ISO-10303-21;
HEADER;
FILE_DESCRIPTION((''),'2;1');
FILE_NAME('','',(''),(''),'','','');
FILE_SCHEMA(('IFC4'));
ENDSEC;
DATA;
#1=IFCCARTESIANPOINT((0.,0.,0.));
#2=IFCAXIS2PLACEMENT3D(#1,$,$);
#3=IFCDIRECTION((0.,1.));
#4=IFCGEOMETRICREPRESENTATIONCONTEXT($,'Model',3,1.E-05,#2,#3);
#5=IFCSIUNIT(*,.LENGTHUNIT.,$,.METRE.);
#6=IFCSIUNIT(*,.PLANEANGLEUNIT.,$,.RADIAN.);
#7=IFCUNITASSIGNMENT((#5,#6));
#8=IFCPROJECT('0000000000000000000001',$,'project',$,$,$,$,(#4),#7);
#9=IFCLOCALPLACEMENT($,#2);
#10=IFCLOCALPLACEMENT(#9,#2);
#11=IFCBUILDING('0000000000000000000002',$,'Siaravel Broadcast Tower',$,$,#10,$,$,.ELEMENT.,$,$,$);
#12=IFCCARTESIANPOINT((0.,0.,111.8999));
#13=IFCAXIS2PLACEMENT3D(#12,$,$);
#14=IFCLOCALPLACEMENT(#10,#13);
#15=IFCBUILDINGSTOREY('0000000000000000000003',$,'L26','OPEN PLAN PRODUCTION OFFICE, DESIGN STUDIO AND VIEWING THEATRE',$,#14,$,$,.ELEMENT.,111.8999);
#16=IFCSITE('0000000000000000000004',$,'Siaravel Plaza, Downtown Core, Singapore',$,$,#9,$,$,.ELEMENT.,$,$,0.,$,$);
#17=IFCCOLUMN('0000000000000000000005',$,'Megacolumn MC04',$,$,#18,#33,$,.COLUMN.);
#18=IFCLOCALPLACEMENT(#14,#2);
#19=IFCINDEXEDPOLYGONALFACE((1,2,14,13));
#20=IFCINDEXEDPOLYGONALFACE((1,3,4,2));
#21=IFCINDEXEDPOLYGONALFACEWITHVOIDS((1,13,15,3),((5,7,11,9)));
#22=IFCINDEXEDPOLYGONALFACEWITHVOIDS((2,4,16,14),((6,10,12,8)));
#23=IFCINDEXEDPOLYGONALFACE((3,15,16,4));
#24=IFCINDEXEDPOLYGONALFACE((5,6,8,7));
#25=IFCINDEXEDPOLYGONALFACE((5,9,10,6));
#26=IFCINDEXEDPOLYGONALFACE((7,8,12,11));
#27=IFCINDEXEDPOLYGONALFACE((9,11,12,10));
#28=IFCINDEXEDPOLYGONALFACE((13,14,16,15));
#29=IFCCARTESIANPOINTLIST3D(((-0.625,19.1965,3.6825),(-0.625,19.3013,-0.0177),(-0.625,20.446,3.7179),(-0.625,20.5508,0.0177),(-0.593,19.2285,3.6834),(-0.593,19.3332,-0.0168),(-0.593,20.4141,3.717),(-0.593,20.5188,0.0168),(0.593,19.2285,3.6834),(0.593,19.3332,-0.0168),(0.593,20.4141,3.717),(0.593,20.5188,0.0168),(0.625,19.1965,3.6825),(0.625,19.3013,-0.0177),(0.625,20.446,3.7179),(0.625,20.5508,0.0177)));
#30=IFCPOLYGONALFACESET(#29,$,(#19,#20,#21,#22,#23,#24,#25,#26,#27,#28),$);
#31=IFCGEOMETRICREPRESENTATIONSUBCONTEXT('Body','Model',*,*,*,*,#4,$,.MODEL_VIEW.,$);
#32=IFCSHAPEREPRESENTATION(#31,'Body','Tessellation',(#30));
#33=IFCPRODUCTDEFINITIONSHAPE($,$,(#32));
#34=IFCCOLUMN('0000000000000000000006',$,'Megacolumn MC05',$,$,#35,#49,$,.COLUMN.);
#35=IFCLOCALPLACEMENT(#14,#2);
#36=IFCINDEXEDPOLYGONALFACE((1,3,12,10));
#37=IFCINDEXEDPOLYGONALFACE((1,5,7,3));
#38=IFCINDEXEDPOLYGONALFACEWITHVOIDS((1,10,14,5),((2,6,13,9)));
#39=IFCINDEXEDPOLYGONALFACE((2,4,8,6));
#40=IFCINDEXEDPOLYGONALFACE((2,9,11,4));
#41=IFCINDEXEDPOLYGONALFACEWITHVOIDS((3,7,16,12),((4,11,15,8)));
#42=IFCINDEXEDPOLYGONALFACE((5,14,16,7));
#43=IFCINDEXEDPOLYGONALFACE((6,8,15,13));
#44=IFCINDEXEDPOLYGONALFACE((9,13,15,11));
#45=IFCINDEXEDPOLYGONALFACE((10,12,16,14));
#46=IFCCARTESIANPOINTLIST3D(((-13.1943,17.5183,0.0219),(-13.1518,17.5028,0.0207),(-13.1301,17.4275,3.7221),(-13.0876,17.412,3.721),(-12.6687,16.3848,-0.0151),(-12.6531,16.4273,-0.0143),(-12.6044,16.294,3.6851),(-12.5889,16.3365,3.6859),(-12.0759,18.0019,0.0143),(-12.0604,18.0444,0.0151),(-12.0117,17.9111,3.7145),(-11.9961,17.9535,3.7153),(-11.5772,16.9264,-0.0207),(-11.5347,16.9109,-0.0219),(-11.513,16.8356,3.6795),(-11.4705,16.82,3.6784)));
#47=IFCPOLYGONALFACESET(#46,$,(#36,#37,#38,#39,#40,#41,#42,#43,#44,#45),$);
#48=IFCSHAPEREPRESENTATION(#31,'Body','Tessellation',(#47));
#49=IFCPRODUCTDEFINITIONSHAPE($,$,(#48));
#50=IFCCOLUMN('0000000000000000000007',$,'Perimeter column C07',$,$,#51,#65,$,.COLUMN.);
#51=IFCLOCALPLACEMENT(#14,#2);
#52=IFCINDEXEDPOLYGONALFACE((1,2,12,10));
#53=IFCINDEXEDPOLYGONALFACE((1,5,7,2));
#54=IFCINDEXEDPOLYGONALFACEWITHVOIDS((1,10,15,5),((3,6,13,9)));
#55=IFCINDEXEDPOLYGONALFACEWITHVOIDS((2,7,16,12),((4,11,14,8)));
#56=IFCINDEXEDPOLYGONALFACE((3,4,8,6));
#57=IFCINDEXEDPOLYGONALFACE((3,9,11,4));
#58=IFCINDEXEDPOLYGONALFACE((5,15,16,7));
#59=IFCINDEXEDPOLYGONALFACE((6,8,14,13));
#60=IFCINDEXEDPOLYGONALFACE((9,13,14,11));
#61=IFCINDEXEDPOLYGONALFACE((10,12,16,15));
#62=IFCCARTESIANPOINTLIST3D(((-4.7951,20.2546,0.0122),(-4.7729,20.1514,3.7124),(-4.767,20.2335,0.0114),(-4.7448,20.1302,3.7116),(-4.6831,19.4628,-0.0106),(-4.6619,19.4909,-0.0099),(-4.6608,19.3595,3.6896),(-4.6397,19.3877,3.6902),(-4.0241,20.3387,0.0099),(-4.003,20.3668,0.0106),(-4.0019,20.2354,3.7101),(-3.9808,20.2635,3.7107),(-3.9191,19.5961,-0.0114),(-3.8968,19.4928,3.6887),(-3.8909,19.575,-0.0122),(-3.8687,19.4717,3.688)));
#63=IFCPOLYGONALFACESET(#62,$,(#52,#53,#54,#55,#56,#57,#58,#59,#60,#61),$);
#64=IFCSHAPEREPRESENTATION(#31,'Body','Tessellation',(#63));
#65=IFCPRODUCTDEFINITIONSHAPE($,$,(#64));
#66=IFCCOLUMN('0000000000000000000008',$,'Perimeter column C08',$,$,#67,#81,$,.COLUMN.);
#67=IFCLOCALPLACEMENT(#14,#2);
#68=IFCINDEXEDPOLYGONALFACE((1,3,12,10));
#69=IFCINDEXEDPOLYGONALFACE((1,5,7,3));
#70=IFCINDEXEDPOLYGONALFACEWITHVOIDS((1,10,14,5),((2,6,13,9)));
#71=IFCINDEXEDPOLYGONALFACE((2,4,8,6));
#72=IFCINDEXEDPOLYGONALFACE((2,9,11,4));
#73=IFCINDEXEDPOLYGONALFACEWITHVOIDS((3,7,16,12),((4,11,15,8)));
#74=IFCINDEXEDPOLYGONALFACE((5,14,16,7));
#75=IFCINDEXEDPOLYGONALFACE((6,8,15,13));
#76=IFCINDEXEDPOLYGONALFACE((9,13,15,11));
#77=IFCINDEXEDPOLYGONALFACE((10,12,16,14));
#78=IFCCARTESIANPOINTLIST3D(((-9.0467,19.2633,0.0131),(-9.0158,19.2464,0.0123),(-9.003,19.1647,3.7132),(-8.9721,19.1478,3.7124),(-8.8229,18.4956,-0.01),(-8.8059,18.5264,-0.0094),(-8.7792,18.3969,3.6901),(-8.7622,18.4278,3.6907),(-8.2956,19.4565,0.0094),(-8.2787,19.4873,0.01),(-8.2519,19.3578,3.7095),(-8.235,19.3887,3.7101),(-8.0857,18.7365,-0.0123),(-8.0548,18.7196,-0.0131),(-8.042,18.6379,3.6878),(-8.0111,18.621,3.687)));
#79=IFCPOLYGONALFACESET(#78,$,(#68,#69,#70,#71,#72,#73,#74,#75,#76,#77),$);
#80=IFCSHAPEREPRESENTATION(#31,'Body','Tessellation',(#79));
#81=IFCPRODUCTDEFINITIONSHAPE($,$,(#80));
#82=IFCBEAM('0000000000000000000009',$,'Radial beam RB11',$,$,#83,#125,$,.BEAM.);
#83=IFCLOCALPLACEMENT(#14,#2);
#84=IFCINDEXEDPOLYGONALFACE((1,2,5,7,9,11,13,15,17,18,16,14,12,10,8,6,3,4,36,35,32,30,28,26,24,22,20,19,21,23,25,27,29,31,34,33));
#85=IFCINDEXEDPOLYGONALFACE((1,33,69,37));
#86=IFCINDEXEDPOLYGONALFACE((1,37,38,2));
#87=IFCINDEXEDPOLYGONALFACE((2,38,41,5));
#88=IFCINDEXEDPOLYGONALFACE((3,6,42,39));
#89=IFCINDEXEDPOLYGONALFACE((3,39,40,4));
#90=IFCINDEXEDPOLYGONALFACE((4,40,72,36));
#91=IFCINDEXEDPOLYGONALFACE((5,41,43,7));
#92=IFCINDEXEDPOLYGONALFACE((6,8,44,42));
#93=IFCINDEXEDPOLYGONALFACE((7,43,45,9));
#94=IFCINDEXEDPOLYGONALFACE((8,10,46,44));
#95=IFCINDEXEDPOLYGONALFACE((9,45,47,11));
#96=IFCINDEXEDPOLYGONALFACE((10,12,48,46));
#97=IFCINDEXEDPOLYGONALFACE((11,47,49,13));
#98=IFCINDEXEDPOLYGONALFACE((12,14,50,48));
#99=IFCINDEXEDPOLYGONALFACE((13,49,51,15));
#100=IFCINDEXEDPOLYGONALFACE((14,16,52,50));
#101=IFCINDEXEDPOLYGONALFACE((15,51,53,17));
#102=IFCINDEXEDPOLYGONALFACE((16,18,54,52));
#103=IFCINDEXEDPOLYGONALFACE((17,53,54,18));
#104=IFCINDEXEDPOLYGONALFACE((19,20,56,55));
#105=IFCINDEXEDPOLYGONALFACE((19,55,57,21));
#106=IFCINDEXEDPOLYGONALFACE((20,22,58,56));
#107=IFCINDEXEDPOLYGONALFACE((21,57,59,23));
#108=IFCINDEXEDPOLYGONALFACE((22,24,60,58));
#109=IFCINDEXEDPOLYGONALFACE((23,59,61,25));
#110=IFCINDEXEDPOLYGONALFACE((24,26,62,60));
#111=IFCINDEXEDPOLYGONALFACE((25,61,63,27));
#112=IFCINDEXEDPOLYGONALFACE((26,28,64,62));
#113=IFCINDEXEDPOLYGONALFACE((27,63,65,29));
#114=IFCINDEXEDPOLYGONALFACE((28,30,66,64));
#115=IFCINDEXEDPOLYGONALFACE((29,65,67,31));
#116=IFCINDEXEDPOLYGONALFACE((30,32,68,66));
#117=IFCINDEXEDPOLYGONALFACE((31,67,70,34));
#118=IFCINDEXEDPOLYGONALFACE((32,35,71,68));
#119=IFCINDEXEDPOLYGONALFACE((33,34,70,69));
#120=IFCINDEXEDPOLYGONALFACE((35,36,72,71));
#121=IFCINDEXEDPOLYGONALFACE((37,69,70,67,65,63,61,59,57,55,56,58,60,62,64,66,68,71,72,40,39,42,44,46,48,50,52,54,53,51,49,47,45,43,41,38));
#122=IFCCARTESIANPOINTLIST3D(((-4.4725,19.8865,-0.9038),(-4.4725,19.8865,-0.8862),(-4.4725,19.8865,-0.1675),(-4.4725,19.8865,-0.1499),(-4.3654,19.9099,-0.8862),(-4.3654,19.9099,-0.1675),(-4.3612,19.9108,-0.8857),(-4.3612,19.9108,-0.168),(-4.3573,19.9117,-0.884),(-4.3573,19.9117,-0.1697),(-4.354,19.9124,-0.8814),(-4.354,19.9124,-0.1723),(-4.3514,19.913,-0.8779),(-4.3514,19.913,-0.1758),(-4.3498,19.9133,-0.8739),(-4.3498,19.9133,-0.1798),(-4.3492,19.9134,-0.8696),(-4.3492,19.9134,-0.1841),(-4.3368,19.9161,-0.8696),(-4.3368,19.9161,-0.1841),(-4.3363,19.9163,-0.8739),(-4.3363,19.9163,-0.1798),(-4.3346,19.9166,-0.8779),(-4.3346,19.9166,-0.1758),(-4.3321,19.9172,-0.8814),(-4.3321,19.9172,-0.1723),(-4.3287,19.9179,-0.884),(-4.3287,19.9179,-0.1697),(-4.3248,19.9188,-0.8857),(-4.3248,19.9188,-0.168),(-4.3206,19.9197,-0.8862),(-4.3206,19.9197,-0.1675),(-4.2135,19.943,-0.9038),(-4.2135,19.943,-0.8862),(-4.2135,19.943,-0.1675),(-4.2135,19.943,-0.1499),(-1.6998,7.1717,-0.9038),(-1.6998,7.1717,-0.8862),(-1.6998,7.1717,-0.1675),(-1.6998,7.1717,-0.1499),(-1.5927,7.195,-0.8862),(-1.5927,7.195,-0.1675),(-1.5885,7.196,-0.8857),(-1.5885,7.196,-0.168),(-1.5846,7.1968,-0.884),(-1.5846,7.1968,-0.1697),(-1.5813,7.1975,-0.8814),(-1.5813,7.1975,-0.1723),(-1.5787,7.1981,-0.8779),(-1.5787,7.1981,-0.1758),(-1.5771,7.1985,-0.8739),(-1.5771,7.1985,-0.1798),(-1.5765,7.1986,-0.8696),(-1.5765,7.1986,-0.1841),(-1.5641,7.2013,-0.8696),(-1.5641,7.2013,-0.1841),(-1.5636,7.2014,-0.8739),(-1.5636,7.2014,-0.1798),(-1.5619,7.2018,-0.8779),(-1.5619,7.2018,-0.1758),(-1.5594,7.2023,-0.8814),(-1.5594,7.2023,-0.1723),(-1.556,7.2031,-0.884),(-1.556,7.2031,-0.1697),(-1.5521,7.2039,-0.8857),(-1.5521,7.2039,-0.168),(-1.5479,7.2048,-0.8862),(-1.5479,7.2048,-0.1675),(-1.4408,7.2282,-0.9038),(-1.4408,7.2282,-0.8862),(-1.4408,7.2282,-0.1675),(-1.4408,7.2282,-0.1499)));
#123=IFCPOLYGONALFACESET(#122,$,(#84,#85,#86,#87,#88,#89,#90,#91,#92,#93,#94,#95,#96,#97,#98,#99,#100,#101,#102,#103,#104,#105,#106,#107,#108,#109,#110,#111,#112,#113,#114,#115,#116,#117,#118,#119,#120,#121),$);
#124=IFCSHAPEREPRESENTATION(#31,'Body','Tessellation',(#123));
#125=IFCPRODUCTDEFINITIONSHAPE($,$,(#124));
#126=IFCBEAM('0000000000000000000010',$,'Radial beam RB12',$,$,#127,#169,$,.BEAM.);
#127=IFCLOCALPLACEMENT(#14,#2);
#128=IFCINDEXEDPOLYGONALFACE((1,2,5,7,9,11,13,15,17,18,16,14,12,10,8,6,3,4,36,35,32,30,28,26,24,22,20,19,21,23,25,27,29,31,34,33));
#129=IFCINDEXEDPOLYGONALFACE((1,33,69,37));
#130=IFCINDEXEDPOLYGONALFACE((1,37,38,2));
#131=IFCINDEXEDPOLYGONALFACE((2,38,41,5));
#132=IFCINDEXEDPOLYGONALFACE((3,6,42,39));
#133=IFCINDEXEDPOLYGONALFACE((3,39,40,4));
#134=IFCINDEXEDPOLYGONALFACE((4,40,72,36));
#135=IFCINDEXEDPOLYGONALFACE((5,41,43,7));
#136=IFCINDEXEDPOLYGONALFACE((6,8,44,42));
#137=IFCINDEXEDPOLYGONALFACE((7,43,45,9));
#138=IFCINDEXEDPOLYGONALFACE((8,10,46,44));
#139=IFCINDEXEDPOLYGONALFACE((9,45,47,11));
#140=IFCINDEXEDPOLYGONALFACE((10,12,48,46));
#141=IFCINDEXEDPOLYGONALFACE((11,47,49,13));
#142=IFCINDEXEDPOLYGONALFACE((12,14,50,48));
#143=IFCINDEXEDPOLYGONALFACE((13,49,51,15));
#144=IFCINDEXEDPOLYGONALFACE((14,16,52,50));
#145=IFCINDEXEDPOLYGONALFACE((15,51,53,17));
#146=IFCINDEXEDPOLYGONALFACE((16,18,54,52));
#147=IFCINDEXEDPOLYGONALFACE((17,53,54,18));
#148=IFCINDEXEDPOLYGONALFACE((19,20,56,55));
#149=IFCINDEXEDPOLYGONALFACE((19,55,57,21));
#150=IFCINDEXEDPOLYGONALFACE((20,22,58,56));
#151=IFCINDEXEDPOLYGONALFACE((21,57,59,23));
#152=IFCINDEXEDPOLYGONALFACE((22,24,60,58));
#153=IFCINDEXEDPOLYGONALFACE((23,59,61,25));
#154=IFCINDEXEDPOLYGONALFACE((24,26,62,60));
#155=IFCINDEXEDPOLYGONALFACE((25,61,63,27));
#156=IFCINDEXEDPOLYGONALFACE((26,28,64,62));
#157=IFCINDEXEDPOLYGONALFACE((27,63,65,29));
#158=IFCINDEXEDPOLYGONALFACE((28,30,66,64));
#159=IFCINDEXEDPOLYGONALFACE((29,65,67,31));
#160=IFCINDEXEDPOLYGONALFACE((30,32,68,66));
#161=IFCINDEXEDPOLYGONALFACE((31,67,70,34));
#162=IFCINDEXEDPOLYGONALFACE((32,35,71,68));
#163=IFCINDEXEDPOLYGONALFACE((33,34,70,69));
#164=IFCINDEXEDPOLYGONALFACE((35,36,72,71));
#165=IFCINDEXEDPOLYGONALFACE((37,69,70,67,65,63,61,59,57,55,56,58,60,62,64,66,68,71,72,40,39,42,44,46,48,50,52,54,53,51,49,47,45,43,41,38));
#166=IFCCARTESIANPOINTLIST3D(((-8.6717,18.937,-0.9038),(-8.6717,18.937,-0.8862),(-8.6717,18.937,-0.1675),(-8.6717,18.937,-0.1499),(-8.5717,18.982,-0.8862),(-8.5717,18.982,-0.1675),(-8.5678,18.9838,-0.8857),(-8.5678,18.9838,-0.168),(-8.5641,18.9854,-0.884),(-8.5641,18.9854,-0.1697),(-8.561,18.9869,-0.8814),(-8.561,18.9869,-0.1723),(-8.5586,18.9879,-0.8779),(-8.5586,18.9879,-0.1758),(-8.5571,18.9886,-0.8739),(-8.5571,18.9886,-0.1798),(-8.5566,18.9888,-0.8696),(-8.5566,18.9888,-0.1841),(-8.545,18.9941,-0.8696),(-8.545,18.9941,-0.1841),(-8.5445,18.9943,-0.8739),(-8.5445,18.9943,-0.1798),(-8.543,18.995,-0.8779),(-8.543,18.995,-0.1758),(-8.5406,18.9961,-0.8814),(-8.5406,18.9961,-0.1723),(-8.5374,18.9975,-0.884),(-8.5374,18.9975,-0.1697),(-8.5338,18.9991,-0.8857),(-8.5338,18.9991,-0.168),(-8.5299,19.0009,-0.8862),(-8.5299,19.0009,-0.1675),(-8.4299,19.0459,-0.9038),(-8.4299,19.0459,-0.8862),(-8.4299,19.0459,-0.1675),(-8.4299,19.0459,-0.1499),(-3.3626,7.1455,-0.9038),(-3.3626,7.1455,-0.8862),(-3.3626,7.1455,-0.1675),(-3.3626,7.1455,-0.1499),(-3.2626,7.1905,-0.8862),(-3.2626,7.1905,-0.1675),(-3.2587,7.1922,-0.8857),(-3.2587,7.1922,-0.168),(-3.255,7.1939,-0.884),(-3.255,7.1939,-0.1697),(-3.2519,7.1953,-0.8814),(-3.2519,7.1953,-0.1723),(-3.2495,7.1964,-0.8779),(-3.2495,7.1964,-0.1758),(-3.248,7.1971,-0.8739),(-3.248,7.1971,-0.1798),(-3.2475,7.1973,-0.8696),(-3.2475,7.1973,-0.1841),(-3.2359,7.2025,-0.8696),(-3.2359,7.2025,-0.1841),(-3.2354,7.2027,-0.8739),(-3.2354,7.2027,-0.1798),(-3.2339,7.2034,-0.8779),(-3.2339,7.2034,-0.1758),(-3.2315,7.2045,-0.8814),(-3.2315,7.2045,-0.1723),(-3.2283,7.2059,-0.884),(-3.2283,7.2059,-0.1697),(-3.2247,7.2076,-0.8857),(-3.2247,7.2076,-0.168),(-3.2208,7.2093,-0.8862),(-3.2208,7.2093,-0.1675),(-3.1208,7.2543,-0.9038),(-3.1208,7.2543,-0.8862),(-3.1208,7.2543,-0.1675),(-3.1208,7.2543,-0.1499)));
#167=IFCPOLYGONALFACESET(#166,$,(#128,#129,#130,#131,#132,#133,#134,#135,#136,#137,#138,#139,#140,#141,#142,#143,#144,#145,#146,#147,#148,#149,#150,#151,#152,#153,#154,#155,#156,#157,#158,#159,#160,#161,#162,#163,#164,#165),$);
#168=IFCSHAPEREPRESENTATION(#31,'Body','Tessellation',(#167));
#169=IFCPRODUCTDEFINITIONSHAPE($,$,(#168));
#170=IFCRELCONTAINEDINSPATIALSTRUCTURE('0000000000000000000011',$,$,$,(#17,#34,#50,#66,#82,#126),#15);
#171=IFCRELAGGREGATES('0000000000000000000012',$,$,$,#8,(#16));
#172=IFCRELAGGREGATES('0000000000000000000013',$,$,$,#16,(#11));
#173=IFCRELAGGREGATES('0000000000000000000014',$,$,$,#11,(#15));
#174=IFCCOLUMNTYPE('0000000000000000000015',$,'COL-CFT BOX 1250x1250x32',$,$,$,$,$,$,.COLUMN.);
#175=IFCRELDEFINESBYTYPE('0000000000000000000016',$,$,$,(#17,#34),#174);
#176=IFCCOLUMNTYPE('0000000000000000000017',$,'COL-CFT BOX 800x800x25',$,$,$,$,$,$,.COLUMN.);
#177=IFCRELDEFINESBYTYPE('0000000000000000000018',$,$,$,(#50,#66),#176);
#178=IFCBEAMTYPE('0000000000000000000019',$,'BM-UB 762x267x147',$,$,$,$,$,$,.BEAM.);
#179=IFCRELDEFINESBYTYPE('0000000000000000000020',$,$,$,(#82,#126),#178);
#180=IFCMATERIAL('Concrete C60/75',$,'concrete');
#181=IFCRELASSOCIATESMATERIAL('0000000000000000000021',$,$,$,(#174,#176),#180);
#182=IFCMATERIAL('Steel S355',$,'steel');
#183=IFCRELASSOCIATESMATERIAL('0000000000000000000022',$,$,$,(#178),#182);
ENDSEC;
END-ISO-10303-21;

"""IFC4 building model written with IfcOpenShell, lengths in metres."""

from ifc_helpers import new_model, si_unit, direction, frame, origin, origin_2d, place, context, subcontext, project, spatial, hollow_rectangle, i_section, extrude, material, material_profile, profile_set, type_object, element, save


model = new_model("IFC4")

# Units and contexts
model_context = context("Model", 3, precision=1e-05, world=origin(), true_north=direction((0.0, 1.0)))
body_context = subcontext(model_context, "Body", "Model", "MODEL_VIEW")
ifc_project = project(units=[si_unit("LENGTHUNIT", "METRE"), si_unit("PLANEANGLEUNIT", "RADIAN")], contexts=[model_context])

# Site, building, storey
site_placement = place(None, origin())
site = spatial("IfcSite", under=ifc_project, at=site_placement, Name="Siaravel Plaza, Downtown Core, Singapore", CompositionType="ELEMENT", RefElevation=0.0)
building_placement = place(site_placement, origin())
building = spatial("IfcBuilding", under=site, at=building_placement, Name="Siaravel Broadcast Tower", CompositionType="ELEMENT")
storey_placement = place(building_placement, frame((0.0, 0.0, 111.8999)))
storey = spatial("IfcBuildingStorey", under=building, at=storey_placement, Name="L26", Description="OPEN PLAN PRODUCTION OFFICE, DESIGN STUDIO AND VIEWING THEATRE", CompositionType="ELEMENT", Elevation=111.8999)

# Columns
ifc_material_1 = material(Name="Concrete C60/75", Category="concrete")
ifc_material_profile_1 = material_profile(ifc_material_1, hollow_rectangle(XDim=1.25, YDim=1.25, WallThickness=0.032, at=origin_2d()))
ifc_profile_set_1 = profile_set([ifc_material_profile_1], Name="Concrete C60/75")
column_type_1 = type_object("IfcColumnType", Name="COL-CFT BOX 1250x1250x32", PredefinedType="COLUMN", material=ifc_profile_set_1)
column_1_placement = place(storey_placement, frame((0.0, 19.926, 0.0), z_axis=(0.0, -0.028294, 0.9996), x_axis=(1.0, 0.0, 0.0)))
element("IfcColumn", 1, at=column_1_placement, inside=storey, type_object=column_type_1, Name="Megacolumn MC04", PredefinedType="COLUMN", context=body_context, shape_type="SweptSolid", body=[
    extrude(hollow_rectangle(XDim=1.25, YDim=1.25, WallThickness=0.032, at=origin_2d()), origin(), (0.0, 0.0, 1.0), 3.7017),
])
column_2_placement = place(storey_placement, frame((-12.3645, 17.2146, 0.0), z_axis=(0.017345, -0.024534, 0.999549), x_axis=(0.90713, 0.420816, -0.005412)))
element("IfcColumn", 2, at=column_2_placement, inside=storey, type_object=column_type_1, Name="Megacolumn MC05", PredefinedType="COLUMN", context=body_context, shape_type="SweptSolid", body=[
    extrude(hollow_rectangle(XDim=1.25, YDim=1.25, WallThickness=0.032, at=origin_2d()), origin(), (0.0, 0.0, 1.0), 3.7019),
])
ifc_material_profile_2 = material_profile(ifc_material_1, hollow_rectangle(XDim=0.8, YDim=0.8, WallThickness=0.0249, at=origin_2d()))
ifc_profile_set_2 = profile_set([ifc_material_profile_2], Name="Concrete C60/75")
column_type_2 = type_object("IfcColumnType", Name="COL-CFT BOX 800x800x25", PredefinedType="COLUMN", material=ifc_profile_set_2)
for number, where, z_axis, x_axis, name in (
    (3, (-4.343, 19.9148, 0.0), (0.006002, -0.027898, 0.999593), (0.990123, 0.140187, -0.002032), "Perimeter column C07"),
    (4, (-8.5508, 18.9915, 0.0), (0.011805, -0.026645, 0.999575), (0.95999, 0.280009, -0.003874), "Perimeter column C08"),
):
    element("IfcColumn", number, at=place(storey_placement, frame(where, z_axis=z_axis, x_axis=x_axis)), inside=storey, type_object=column_type_2, Name=name, PredefinedType="COLUMN", context=body_context, shape_type="SweptSolid", body=[
        extrude(hollow_rectangle(XDim=0.8, YDim=0.8, WallThickness=0.0249, at=origin_2d()), origin(), (0.0, 0.0, 1.0), 3.7017),
    ])

# Beams
ifc_material_2 = material(Name="Steel S355", Category="steel")
ifc_material_profile_3 = material_profile(ifc_material_2, i_section(OverallWidth=0.2651, OverallDepth=0.7539, WebThickness=0.0127, FlangeThickness=0.0176, FilletRadius=0.0166, at=origin_2d()))
ifc_profile_set_3 = profile_set([ifc_material_profile_3], Name="Steel S355")
beam_type = type_object("IfcBeamType", Name="BM-UB 762x267x147", PredefinedType="BEAM", material=ifc_profile_set_3)
beam_1_placement = place(storey_placement, frame((-4.343, 19.9148, -0.5269), z_axis=(0.213061, -0.977039, 0.0), x_axis=(0.977039, 0.213061, 0.0)))
element("IfcBeam", 5, at=beam_1_placement, inside=storey, type_object=beam_type, Name="Radial beam RB11", PredefinedType="BEAM", context=body_context, shape_type="SweptSolid", body=[
    extrude(i_section(OverallWidth=0.2651, OverallDepth=0.7539, WebThickness=0.0127, FlangeThickness=0.0176, FilletRadius=0.0166, at=origin_2d()), origin(), (0.0, 0.0, 1.0), 13.0137),
])
beam_2_placement = place(storey_placement, frame((-8.5508, 18.9915, -0.5269), z_axis=(0.410552, -0.911837, 0.0), x_axis=(0.911837, 0.410552, 0.0)))
element("IfcBeam", 6, at=beam_2_placement, inside=storey, type_object=beam_type, Name="Radial beam RB12", PredefinedType="BEAM", context=body_context, shape_type="SweptSolid", body=[
    extrude(i_section(OverallWidth=0.2651, OverallDepth=0.7539, WebThickness=0.0127, FlangeThickness=0.0176, FilletRadius=0.0166, at=origin_2d()), origin(), (0.0, 0.0, 1.0), 12.9316),
])

save(model, "model.ifc")
